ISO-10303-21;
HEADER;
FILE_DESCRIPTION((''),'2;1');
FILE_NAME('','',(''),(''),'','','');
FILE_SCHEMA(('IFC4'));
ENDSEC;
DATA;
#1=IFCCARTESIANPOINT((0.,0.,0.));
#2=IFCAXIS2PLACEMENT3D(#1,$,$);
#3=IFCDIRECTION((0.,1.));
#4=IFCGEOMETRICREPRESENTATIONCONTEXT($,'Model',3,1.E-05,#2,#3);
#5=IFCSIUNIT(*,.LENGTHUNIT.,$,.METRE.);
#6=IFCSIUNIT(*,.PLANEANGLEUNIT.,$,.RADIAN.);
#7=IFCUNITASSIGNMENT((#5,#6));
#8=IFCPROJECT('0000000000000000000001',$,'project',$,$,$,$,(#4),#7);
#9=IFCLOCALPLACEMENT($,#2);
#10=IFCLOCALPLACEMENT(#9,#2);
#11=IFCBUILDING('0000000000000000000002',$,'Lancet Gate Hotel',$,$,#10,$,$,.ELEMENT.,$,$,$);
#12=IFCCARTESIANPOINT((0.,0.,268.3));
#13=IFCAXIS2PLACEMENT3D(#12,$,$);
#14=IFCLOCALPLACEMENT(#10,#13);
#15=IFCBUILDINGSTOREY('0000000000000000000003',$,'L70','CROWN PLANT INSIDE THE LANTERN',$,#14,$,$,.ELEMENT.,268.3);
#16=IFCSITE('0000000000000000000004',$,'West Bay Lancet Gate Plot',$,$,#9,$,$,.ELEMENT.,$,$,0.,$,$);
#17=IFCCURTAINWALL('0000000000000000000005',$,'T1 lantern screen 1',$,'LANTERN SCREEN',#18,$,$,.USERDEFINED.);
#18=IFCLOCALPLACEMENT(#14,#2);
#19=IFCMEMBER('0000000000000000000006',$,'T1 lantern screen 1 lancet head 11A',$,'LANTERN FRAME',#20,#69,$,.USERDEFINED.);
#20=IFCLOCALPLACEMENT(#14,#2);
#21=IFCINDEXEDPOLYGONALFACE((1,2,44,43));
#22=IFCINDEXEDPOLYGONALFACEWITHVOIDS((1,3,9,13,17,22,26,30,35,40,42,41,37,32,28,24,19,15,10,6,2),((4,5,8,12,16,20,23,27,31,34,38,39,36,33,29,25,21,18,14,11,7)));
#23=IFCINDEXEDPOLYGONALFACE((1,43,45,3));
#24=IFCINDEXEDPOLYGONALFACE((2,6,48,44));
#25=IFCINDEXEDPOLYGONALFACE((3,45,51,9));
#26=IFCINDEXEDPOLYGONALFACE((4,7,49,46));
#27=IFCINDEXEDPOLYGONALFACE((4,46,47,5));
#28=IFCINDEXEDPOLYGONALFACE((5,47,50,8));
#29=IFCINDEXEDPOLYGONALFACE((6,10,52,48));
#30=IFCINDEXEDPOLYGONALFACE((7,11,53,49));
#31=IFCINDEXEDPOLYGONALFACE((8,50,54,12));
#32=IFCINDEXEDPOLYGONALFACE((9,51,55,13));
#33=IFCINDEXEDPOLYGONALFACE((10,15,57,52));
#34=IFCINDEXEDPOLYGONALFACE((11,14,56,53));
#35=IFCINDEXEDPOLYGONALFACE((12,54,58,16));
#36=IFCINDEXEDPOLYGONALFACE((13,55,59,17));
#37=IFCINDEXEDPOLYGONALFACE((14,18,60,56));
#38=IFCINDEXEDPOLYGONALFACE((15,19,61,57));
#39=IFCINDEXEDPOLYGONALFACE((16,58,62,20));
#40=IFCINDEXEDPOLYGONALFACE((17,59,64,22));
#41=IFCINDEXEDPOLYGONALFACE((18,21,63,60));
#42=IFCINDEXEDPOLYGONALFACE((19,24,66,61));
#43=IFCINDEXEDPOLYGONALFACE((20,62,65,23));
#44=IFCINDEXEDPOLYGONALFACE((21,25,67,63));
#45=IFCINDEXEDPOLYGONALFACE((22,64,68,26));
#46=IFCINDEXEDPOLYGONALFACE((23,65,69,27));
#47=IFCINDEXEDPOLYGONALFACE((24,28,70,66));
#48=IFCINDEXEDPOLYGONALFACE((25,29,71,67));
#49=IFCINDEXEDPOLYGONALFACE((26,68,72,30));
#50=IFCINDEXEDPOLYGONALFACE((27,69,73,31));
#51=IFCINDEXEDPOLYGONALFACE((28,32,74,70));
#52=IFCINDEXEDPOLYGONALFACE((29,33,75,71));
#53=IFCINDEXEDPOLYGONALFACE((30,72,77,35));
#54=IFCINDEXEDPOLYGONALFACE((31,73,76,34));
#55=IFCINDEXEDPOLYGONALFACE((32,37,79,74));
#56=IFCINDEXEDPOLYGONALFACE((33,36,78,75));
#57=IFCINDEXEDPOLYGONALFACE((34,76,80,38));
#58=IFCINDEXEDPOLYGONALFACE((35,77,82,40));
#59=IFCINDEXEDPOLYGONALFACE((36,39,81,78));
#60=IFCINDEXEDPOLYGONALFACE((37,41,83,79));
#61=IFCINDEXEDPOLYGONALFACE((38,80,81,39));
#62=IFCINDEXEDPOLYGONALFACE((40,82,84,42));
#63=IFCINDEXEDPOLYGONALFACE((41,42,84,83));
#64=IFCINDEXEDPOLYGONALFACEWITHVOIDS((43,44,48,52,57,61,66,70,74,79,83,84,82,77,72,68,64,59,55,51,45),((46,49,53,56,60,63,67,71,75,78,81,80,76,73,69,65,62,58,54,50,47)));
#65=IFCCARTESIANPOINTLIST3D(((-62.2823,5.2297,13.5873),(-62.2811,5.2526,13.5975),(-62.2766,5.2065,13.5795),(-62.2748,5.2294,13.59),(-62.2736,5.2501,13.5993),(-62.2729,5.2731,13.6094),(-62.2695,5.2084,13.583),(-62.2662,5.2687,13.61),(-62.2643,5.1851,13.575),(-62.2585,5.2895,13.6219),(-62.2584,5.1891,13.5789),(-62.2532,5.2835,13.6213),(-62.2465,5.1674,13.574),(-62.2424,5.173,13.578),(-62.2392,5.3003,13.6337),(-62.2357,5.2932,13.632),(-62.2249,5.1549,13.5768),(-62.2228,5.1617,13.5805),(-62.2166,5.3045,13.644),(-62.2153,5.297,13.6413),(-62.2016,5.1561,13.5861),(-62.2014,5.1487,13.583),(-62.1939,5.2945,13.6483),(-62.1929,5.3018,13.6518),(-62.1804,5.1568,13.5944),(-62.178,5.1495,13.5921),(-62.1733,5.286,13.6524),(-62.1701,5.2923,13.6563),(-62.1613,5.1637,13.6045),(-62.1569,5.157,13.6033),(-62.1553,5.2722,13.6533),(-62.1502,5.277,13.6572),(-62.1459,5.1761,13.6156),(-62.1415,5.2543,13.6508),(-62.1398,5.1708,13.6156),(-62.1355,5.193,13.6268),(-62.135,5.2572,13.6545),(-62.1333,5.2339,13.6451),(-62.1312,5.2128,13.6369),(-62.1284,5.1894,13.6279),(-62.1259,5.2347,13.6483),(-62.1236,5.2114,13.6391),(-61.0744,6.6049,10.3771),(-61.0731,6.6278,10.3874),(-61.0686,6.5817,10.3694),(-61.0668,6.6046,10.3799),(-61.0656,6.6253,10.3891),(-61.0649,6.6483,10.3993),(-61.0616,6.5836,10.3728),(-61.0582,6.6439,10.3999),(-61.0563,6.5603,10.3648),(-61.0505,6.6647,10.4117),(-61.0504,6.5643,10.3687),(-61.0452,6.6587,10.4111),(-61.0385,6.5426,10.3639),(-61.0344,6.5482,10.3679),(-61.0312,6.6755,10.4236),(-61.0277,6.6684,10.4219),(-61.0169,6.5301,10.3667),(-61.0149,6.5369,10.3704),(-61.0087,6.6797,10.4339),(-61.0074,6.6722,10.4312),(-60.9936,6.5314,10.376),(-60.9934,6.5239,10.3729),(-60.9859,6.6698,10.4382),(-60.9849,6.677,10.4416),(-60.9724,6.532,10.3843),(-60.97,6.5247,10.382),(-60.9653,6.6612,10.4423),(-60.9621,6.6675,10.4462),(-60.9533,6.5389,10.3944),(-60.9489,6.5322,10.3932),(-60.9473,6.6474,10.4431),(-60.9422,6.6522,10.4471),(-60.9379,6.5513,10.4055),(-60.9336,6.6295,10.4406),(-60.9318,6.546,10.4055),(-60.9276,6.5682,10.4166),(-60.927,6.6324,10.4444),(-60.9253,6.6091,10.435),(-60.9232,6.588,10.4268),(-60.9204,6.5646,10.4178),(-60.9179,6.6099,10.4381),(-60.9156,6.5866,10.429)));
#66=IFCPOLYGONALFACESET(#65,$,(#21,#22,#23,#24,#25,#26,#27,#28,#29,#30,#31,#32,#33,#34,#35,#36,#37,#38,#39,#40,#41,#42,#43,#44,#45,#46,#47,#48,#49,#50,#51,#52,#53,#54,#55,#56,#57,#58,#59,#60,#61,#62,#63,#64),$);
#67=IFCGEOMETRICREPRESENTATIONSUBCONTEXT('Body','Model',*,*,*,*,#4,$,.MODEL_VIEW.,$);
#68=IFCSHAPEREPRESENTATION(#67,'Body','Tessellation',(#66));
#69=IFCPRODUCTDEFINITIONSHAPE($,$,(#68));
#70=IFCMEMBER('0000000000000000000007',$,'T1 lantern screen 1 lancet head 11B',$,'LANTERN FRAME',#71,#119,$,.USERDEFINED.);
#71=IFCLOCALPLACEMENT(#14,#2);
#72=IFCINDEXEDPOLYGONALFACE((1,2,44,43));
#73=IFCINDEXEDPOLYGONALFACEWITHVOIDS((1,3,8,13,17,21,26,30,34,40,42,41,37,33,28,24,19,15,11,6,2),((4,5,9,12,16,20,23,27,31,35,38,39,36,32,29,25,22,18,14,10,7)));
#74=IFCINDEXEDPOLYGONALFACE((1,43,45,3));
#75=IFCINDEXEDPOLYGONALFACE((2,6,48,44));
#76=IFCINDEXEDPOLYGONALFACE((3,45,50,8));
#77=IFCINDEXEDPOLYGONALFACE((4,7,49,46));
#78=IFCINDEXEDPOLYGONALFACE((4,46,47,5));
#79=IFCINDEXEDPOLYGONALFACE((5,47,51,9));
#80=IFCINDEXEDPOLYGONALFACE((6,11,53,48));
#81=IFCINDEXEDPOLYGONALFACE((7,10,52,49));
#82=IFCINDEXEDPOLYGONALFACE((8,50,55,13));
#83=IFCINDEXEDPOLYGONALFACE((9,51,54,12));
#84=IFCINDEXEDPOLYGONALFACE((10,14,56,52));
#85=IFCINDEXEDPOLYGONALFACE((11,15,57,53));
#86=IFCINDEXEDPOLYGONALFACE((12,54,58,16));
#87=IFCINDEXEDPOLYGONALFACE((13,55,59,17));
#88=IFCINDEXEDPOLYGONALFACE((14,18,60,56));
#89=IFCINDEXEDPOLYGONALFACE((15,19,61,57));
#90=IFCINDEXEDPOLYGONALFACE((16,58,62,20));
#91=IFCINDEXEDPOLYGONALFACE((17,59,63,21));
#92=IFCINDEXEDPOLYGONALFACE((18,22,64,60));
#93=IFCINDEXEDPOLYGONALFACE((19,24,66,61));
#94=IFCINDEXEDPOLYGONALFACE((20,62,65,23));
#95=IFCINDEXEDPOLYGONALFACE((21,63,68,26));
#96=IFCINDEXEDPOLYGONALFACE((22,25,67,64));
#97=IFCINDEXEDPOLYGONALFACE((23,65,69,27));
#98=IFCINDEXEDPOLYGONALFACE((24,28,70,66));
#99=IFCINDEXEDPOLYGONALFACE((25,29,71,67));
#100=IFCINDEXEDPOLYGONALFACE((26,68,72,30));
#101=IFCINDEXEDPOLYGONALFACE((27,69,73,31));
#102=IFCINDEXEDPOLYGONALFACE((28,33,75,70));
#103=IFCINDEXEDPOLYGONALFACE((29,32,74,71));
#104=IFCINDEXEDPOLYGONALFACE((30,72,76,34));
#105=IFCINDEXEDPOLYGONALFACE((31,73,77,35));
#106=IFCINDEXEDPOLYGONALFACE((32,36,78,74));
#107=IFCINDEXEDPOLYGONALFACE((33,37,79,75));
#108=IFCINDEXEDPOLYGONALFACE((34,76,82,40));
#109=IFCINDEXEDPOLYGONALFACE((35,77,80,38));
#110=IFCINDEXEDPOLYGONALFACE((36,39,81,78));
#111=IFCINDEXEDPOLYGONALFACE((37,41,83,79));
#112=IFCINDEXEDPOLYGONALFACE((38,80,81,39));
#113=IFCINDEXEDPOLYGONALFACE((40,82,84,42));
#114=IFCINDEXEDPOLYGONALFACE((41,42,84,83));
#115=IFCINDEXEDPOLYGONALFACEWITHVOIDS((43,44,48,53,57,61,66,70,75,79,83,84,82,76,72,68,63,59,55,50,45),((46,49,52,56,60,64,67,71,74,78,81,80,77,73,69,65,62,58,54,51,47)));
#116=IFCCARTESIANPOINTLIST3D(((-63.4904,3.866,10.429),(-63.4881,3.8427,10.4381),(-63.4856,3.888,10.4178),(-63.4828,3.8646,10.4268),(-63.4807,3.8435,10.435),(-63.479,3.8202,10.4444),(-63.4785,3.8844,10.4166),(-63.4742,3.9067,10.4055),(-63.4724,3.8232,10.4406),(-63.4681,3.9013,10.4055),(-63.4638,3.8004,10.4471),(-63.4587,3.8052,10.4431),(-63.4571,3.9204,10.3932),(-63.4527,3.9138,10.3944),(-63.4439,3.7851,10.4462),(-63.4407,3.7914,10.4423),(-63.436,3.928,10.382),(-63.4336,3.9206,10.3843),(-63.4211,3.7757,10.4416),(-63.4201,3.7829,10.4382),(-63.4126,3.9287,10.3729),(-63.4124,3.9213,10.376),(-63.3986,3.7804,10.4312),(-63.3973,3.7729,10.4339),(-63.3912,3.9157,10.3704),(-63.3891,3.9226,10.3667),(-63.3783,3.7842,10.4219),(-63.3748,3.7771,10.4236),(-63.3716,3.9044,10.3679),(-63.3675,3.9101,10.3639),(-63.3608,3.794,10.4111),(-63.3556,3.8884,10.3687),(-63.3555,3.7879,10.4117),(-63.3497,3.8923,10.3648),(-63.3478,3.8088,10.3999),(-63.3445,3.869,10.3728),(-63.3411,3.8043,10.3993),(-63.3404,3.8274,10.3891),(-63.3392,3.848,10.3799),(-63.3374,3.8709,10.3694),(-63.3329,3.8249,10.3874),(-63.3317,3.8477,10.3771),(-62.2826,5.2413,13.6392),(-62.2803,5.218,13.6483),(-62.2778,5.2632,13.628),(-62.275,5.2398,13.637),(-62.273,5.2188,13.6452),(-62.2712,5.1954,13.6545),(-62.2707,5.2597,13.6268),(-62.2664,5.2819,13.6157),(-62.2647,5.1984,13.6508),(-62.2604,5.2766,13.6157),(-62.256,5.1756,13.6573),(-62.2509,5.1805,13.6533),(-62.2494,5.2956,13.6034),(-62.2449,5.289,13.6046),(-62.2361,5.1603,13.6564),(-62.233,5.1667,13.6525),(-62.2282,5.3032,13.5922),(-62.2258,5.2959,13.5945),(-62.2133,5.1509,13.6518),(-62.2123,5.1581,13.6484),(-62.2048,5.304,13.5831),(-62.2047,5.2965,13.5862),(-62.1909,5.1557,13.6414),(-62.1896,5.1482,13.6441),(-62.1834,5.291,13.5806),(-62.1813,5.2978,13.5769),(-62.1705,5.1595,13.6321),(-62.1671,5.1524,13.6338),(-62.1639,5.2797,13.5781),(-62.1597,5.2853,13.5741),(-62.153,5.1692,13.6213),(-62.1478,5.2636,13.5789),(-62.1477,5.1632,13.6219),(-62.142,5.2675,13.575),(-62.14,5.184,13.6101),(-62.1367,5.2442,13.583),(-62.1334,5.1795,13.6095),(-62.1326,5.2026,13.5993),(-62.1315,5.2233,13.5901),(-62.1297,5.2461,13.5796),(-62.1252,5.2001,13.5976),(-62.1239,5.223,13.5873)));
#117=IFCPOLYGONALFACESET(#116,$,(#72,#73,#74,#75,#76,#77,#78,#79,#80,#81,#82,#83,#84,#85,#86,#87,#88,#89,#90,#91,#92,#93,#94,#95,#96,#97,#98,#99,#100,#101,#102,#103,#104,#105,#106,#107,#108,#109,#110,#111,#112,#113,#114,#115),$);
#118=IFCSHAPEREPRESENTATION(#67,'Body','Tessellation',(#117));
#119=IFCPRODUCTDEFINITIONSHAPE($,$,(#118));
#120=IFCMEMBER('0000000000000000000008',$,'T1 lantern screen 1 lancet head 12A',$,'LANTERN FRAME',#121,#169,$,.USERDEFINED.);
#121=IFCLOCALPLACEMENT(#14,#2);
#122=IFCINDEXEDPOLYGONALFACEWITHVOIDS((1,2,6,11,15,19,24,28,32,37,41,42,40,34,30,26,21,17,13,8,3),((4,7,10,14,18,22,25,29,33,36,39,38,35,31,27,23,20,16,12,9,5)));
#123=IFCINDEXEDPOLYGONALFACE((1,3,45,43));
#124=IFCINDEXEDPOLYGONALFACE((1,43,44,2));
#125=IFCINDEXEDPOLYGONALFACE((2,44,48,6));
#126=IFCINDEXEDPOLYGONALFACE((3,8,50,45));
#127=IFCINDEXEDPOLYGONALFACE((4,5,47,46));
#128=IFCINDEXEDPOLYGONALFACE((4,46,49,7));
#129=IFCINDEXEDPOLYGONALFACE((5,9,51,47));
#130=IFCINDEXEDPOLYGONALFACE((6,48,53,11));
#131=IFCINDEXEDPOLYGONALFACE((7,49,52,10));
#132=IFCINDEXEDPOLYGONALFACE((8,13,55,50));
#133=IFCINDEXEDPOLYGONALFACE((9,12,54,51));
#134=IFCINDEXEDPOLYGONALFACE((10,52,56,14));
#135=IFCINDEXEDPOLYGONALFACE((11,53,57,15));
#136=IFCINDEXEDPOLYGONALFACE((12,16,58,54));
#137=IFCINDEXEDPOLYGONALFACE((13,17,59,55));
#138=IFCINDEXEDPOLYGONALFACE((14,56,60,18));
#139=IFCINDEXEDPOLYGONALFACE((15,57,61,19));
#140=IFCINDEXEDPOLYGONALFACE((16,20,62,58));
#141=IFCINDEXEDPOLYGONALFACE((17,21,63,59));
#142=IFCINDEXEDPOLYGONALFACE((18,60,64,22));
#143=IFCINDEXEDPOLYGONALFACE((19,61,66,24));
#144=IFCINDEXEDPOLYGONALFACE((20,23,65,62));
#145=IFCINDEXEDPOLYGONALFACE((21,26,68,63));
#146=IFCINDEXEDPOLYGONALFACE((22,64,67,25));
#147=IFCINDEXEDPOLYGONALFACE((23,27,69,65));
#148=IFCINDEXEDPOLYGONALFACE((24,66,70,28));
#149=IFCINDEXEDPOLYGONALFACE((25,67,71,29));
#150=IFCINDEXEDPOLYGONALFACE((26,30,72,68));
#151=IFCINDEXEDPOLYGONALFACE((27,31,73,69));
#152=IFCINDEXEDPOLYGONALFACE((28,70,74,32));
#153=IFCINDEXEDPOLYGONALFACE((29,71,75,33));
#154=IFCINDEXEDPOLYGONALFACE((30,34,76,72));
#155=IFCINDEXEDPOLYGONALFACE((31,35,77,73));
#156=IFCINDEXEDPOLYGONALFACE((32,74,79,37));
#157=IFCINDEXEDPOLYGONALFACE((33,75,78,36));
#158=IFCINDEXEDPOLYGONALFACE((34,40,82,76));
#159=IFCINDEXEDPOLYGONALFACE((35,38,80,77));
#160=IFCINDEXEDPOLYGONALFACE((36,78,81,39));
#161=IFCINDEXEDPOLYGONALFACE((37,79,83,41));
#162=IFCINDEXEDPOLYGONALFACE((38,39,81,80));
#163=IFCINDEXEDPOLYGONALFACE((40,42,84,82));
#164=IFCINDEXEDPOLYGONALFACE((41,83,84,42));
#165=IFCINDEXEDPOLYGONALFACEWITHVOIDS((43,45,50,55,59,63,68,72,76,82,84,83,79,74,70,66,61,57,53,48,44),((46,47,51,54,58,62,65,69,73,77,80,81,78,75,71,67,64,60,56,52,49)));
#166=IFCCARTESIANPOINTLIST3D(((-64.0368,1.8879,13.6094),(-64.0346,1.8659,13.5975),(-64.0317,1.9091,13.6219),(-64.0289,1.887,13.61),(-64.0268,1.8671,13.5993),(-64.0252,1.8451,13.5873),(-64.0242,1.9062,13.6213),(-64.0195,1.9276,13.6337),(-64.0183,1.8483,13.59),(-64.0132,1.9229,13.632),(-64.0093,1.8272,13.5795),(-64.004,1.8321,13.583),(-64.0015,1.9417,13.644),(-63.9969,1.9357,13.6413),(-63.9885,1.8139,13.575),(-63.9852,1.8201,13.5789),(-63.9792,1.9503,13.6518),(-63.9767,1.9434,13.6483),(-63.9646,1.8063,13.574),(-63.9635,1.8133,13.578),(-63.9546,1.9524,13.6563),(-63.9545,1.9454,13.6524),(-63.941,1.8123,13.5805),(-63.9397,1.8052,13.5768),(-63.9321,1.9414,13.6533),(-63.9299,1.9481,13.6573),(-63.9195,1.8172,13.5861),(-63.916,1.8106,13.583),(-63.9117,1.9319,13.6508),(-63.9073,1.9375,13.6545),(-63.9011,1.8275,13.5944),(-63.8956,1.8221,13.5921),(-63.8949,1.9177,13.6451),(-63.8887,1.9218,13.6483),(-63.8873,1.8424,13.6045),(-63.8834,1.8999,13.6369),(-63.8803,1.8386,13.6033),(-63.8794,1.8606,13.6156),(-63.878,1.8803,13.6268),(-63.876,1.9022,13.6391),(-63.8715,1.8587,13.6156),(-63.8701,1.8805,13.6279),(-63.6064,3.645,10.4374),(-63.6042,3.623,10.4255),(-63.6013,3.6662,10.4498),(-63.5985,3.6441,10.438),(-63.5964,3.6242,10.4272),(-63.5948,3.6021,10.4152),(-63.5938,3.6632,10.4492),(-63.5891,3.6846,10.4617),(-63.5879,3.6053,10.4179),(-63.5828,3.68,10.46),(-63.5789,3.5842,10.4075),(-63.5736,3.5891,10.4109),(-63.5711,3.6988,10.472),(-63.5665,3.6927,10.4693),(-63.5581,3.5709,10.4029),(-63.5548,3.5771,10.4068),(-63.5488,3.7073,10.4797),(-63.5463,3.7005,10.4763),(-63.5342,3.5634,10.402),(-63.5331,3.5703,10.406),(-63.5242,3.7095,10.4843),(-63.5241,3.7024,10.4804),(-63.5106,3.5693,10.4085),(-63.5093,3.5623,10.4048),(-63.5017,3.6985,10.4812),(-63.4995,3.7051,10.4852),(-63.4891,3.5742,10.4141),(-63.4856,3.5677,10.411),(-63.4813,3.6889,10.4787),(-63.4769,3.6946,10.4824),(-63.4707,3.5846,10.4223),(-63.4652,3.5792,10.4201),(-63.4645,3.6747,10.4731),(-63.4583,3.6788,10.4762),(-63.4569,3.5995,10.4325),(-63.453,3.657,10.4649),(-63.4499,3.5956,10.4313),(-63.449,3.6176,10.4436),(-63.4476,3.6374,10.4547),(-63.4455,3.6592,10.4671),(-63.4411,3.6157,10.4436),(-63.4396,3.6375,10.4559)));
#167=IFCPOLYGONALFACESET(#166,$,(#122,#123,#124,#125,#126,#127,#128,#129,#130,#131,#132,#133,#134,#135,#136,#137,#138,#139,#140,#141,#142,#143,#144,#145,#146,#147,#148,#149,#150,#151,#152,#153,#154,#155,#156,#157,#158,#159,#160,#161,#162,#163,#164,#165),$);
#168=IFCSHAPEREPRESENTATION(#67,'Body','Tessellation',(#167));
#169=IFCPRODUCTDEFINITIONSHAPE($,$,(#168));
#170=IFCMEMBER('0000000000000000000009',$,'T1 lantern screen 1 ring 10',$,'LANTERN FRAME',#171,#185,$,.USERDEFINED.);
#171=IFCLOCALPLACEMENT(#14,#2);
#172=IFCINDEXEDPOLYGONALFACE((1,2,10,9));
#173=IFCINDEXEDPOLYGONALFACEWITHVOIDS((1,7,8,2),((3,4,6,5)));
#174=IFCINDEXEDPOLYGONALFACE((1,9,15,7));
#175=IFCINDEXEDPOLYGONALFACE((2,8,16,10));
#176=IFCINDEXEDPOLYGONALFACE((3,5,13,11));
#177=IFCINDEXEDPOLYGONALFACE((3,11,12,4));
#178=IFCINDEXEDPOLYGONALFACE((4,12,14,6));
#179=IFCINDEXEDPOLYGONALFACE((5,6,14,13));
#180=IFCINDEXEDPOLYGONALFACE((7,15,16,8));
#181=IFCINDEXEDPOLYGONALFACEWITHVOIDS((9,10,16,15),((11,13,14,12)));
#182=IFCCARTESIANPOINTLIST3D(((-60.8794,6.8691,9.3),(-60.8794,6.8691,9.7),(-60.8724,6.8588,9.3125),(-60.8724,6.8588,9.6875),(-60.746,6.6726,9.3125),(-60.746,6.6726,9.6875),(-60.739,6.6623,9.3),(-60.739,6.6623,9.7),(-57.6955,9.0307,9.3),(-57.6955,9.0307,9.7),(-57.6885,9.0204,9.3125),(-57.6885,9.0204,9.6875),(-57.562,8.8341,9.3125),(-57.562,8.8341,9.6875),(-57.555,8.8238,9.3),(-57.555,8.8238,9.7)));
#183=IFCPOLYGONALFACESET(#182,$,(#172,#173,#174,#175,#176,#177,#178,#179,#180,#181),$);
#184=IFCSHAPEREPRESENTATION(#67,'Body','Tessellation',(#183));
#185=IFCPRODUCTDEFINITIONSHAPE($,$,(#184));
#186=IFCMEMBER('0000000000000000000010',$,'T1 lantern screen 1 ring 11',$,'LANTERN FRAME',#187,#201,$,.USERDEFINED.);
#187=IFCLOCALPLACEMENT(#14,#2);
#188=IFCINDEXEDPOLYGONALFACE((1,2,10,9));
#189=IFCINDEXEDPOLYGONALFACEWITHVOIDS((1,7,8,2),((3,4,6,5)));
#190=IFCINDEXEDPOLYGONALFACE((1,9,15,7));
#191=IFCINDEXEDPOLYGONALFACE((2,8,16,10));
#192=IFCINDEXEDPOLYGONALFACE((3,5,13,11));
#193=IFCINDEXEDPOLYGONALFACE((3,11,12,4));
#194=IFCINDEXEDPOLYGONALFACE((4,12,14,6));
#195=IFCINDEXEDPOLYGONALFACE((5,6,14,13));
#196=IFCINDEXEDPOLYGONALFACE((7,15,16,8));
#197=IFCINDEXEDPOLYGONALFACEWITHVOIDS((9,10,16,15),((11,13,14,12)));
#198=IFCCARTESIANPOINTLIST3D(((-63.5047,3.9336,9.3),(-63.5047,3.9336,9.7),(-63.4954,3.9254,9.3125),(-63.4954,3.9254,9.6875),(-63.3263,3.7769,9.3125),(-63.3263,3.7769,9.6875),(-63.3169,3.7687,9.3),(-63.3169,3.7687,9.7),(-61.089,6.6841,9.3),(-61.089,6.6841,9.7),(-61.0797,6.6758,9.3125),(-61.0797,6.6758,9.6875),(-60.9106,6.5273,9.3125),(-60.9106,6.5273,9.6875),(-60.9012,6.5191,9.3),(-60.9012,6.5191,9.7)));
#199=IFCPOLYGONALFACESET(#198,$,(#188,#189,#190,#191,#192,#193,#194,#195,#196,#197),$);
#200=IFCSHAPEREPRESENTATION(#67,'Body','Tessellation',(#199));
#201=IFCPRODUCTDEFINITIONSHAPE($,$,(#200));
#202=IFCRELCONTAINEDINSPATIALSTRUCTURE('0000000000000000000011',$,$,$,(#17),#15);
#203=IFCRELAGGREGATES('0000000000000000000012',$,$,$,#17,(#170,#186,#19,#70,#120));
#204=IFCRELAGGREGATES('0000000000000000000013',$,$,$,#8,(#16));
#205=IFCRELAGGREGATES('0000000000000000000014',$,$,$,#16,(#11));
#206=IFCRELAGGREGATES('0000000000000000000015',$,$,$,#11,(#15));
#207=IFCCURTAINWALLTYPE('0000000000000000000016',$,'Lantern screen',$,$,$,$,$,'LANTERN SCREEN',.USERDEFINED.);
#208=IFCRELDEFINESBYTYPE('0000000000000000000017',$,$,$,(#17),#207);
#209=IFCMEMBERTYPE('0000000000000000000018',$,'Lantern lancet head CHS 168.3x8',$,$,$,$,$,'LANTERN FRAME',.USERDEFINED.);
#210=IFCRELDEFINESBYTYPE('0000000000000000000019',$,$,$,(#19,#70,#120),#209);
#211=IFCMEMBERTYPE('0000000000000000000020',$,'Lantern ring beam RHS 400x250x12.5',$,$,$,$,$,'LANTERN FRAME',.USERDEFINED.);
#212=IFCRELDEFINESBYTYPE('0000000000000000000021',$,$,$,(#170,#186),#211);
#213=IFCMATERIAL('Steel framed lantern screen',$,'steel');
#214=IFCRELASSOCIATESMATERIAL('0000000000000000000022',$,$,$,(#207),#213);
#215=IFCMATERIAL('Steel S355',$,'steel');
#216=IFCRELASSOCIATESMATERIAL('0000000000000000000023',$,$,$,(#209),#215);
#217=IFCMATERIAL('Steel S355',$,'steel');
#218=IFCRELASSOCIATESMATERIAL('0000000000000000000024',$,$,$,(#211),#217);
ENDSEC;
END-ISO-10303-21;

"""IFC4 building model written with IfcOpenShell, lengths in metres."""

from ifc_helpers import new_model, si_unit, direction, frame, origin, origin_2d, place, context, subcontext, project, spatial, hollow_rectangle, hollow_circle, extrude, material, material_profile, profile_set, type_object, element, aggregate, save


model = new_model("IFC4")

# Units and contexts
model_context = context("Model", 3, precision=1e-05, world=origin(), true_north=direction((0.0, 1.0)))
body_context = subcontext(model_context, "Body", "Model", "MODEL_VIEW")
ifc_project = project(units=[si_unit("LENGTHUNIT", "METRE"), si_unit("PLANEANGLEUNIT", "RADIAN")], contexts=[model_context])

# Site, building, storey
site_placement = place(None, origin())
site = spatial("IfcSite", under=ifc_project, at=site_placement, Name="West Bay Lancet Gate Plot", CompositionType="ELEMENT", RefElevation=0.0)
building_placement = place(site_placement, origin())
building = spatial("IfcBuilding", under=site, at=building_placement, Name="Lancet Gate Hotel", CompositionType="ELEMENT")
storey_placement = place(building_placement, frame((0.0, 0.0, 268.3)))
storey = spatial("IfcBuildingStorey", under=building, at=storey_placement, Name="L70", Description="CROWN PLANT INSIDE THE LANTERN", CompositionType="ELEMENT", Elevation=268.3)

# Curtain wall, members
ifc_material_1 = material(Name="Steel framed lantern screen", Category="steel")
curtain_wall_type_1 = type_object("IfcCurtainWallType", Name="Lantern screen", ElementType="LANTERN SCREEN", PredefinedType="USERDEFINED", material=ifc_material_1)
curtain_wall_1_placement = place(storey_placement, origin())
curtain_wall_1 = element("IfcCurtainWall", 1, at=curtain_wall_1_placement, inside=storey, type_object=curtain_wall_type_1, Name="T1 lantern screen 1", ObjectType="LANTERN SCREEN", PredefinedType="USERDEFINED")
ifc_material_2 = material(Name="Steel S355", Category="steel")
ifc_material_profile_1 = material_profile(ifc_material_2, hollow_circle(Radius=0.0842, WallThickness=0.0081, at=origin_2d()), Name="CHS 168.3x8.0")
ifc_profile_set_1 = profile_set([ifc_material_profile_1], Name="Steel S355")
member_type_1 = type_object("IfcMemberType", Name="Lantern lancet head CHS 168.3x8", ElementType="LANTERN FRAME", PredefinedType="USERDEFINED", material=ifc_profile_set_1)
member_1_placement = place(storey_placement, frame((-60.9951, 6.6016, 10.4055), z_axis=(-0.326895, -0.37215, 0.868703), x_axis=(0.751311, -0.659948, 0.0)))
member_1 = element("IfcMember", 2, at=member_1_placement, type_object=member_type_1, Name="T1 lantern screen 1 lancet head 11A", ObjectType="LANTERN FRAME", PredefinedType="USERDEFINED", context=body_context, shape_type="SweptSolid", body=[
    extrude(hollow_circle(Radius=0.0842, WallThickness=0.0081, at=origin_2d()), origin(), (0.0, 0.0, 1.0), 3.6953),
])
member_2_placement = place(storey_placement, frame((-63.4109, 3.8511, 10.4055), z_axis=(0.326836, 0.372158, 0.868721), x_axis=(-0.751377, 0.659873, 0.0)))
member_2 = element("IfcMember", 3, at=member_2_placement, type_object=member_type_1, Name="T1 lantern screen 1 lancet head 11B", ObjectType="LANTERN FRAME", PredefinedType="USERDEFINED", context=body_context, shape_type="SweptSolid", body=[
    extrude(hollow_circle(Radius=0.0842, WallThickness=0.0081, at=origin_2d()), origin(), (0.0, 0.0, 1.0), 3.6953),
])
member_3_placement = place(storey_placement, frame((-63.5229, 3.6357, 10.4436), z_axis=(-0.117868, -0.481167, 0.868669), x_axis=(0.971283, -0.237928, 0.0)))
member_3 = element("IfcMember", 4, at=member_3_placement, type_object=member_type_1, Name="T1 lantern screen 1 lancet head 12A", ObjectType="LANTERN FRAME", PredefinedType="USERDEFINED", context=body_context, shape_type="SweptSolid", body=[
    extrude(hollow_circle(Radius=0.0842, WallThickness=0.0081, at=origin_2d()), origin(), (0.0, 0.0, 1.0), 3.6516),
])
ifc_material_3 = material(Name="Steel S355", Category="steel")
ifc_material_profile_2 = material_profile(ifc_material_3, hollow_rectangle(XDim=0.25, YDim=0.3999, WallThickness=0.0125, at=origin_2d()), Name="RHS 400x250x12.5")
ifc_profile_set_2 = profile_set([ifc_material_profile_2], Name="Steel S355")
member_type_2 = type_object("IfcMemberType", Name="Lantern ring beam RHS 400x250x12.5", ElementType="LANTERN FRAME", PredefinedType="USERDEFINED", material=ifc_profile_set_2)
member_4_placement = place(storey_placement, frame((-57.6252, 8.9272, 9.5), z_axis=(-0.827356, -0.561678, 0.0), x_axis=(0.561678, -0.827356, 0.0)))
member_4 = element("IfcMember", 5, at=member_4_placement, type_object=member_type_2, Name="T1 lantern screen 1 ring 10", ObjectType="LANTERN FRAME", PredefinedType="USERDEFINED", context=body_context, shape_type="SweptSolid", body=[
    extrude(hollow_rectangle(XDim=0.25, YDim=0.3999, WallThickness=0.0125, at=origin_2d()), origin(), (0.0, 0.0, 1.0), 3.8484),
])
member_5_placement = place(storey_placement, frame((-60.9951, 6.6016, 9.5), z_axis=(-0.65991, -0.751344, 0.0), x_axis=(0.751344, -0.65991, 0.0)))
member_5 = element("IfcMember", 6, at=member_5_placement, type_object=member_type_2, Name="T1 lantern screen 1 ring 11", ObjectType="LANTERN FRAME", PredefinedType="USERDEFINED", context=body_context, shape_type="SweptSolid", body=[
    extrude(hollow_rectangle(XDim=0.25, YDim=0.3999, WallThickness=0.0125, at=origin_2d()), origin(), (0.0, 0.0, 1.0), 3.6606),
])

aggregate(curtain_wall_1, [member_4, member_5, member_1, member_2, member_3])

save(model, "model.ifc")
